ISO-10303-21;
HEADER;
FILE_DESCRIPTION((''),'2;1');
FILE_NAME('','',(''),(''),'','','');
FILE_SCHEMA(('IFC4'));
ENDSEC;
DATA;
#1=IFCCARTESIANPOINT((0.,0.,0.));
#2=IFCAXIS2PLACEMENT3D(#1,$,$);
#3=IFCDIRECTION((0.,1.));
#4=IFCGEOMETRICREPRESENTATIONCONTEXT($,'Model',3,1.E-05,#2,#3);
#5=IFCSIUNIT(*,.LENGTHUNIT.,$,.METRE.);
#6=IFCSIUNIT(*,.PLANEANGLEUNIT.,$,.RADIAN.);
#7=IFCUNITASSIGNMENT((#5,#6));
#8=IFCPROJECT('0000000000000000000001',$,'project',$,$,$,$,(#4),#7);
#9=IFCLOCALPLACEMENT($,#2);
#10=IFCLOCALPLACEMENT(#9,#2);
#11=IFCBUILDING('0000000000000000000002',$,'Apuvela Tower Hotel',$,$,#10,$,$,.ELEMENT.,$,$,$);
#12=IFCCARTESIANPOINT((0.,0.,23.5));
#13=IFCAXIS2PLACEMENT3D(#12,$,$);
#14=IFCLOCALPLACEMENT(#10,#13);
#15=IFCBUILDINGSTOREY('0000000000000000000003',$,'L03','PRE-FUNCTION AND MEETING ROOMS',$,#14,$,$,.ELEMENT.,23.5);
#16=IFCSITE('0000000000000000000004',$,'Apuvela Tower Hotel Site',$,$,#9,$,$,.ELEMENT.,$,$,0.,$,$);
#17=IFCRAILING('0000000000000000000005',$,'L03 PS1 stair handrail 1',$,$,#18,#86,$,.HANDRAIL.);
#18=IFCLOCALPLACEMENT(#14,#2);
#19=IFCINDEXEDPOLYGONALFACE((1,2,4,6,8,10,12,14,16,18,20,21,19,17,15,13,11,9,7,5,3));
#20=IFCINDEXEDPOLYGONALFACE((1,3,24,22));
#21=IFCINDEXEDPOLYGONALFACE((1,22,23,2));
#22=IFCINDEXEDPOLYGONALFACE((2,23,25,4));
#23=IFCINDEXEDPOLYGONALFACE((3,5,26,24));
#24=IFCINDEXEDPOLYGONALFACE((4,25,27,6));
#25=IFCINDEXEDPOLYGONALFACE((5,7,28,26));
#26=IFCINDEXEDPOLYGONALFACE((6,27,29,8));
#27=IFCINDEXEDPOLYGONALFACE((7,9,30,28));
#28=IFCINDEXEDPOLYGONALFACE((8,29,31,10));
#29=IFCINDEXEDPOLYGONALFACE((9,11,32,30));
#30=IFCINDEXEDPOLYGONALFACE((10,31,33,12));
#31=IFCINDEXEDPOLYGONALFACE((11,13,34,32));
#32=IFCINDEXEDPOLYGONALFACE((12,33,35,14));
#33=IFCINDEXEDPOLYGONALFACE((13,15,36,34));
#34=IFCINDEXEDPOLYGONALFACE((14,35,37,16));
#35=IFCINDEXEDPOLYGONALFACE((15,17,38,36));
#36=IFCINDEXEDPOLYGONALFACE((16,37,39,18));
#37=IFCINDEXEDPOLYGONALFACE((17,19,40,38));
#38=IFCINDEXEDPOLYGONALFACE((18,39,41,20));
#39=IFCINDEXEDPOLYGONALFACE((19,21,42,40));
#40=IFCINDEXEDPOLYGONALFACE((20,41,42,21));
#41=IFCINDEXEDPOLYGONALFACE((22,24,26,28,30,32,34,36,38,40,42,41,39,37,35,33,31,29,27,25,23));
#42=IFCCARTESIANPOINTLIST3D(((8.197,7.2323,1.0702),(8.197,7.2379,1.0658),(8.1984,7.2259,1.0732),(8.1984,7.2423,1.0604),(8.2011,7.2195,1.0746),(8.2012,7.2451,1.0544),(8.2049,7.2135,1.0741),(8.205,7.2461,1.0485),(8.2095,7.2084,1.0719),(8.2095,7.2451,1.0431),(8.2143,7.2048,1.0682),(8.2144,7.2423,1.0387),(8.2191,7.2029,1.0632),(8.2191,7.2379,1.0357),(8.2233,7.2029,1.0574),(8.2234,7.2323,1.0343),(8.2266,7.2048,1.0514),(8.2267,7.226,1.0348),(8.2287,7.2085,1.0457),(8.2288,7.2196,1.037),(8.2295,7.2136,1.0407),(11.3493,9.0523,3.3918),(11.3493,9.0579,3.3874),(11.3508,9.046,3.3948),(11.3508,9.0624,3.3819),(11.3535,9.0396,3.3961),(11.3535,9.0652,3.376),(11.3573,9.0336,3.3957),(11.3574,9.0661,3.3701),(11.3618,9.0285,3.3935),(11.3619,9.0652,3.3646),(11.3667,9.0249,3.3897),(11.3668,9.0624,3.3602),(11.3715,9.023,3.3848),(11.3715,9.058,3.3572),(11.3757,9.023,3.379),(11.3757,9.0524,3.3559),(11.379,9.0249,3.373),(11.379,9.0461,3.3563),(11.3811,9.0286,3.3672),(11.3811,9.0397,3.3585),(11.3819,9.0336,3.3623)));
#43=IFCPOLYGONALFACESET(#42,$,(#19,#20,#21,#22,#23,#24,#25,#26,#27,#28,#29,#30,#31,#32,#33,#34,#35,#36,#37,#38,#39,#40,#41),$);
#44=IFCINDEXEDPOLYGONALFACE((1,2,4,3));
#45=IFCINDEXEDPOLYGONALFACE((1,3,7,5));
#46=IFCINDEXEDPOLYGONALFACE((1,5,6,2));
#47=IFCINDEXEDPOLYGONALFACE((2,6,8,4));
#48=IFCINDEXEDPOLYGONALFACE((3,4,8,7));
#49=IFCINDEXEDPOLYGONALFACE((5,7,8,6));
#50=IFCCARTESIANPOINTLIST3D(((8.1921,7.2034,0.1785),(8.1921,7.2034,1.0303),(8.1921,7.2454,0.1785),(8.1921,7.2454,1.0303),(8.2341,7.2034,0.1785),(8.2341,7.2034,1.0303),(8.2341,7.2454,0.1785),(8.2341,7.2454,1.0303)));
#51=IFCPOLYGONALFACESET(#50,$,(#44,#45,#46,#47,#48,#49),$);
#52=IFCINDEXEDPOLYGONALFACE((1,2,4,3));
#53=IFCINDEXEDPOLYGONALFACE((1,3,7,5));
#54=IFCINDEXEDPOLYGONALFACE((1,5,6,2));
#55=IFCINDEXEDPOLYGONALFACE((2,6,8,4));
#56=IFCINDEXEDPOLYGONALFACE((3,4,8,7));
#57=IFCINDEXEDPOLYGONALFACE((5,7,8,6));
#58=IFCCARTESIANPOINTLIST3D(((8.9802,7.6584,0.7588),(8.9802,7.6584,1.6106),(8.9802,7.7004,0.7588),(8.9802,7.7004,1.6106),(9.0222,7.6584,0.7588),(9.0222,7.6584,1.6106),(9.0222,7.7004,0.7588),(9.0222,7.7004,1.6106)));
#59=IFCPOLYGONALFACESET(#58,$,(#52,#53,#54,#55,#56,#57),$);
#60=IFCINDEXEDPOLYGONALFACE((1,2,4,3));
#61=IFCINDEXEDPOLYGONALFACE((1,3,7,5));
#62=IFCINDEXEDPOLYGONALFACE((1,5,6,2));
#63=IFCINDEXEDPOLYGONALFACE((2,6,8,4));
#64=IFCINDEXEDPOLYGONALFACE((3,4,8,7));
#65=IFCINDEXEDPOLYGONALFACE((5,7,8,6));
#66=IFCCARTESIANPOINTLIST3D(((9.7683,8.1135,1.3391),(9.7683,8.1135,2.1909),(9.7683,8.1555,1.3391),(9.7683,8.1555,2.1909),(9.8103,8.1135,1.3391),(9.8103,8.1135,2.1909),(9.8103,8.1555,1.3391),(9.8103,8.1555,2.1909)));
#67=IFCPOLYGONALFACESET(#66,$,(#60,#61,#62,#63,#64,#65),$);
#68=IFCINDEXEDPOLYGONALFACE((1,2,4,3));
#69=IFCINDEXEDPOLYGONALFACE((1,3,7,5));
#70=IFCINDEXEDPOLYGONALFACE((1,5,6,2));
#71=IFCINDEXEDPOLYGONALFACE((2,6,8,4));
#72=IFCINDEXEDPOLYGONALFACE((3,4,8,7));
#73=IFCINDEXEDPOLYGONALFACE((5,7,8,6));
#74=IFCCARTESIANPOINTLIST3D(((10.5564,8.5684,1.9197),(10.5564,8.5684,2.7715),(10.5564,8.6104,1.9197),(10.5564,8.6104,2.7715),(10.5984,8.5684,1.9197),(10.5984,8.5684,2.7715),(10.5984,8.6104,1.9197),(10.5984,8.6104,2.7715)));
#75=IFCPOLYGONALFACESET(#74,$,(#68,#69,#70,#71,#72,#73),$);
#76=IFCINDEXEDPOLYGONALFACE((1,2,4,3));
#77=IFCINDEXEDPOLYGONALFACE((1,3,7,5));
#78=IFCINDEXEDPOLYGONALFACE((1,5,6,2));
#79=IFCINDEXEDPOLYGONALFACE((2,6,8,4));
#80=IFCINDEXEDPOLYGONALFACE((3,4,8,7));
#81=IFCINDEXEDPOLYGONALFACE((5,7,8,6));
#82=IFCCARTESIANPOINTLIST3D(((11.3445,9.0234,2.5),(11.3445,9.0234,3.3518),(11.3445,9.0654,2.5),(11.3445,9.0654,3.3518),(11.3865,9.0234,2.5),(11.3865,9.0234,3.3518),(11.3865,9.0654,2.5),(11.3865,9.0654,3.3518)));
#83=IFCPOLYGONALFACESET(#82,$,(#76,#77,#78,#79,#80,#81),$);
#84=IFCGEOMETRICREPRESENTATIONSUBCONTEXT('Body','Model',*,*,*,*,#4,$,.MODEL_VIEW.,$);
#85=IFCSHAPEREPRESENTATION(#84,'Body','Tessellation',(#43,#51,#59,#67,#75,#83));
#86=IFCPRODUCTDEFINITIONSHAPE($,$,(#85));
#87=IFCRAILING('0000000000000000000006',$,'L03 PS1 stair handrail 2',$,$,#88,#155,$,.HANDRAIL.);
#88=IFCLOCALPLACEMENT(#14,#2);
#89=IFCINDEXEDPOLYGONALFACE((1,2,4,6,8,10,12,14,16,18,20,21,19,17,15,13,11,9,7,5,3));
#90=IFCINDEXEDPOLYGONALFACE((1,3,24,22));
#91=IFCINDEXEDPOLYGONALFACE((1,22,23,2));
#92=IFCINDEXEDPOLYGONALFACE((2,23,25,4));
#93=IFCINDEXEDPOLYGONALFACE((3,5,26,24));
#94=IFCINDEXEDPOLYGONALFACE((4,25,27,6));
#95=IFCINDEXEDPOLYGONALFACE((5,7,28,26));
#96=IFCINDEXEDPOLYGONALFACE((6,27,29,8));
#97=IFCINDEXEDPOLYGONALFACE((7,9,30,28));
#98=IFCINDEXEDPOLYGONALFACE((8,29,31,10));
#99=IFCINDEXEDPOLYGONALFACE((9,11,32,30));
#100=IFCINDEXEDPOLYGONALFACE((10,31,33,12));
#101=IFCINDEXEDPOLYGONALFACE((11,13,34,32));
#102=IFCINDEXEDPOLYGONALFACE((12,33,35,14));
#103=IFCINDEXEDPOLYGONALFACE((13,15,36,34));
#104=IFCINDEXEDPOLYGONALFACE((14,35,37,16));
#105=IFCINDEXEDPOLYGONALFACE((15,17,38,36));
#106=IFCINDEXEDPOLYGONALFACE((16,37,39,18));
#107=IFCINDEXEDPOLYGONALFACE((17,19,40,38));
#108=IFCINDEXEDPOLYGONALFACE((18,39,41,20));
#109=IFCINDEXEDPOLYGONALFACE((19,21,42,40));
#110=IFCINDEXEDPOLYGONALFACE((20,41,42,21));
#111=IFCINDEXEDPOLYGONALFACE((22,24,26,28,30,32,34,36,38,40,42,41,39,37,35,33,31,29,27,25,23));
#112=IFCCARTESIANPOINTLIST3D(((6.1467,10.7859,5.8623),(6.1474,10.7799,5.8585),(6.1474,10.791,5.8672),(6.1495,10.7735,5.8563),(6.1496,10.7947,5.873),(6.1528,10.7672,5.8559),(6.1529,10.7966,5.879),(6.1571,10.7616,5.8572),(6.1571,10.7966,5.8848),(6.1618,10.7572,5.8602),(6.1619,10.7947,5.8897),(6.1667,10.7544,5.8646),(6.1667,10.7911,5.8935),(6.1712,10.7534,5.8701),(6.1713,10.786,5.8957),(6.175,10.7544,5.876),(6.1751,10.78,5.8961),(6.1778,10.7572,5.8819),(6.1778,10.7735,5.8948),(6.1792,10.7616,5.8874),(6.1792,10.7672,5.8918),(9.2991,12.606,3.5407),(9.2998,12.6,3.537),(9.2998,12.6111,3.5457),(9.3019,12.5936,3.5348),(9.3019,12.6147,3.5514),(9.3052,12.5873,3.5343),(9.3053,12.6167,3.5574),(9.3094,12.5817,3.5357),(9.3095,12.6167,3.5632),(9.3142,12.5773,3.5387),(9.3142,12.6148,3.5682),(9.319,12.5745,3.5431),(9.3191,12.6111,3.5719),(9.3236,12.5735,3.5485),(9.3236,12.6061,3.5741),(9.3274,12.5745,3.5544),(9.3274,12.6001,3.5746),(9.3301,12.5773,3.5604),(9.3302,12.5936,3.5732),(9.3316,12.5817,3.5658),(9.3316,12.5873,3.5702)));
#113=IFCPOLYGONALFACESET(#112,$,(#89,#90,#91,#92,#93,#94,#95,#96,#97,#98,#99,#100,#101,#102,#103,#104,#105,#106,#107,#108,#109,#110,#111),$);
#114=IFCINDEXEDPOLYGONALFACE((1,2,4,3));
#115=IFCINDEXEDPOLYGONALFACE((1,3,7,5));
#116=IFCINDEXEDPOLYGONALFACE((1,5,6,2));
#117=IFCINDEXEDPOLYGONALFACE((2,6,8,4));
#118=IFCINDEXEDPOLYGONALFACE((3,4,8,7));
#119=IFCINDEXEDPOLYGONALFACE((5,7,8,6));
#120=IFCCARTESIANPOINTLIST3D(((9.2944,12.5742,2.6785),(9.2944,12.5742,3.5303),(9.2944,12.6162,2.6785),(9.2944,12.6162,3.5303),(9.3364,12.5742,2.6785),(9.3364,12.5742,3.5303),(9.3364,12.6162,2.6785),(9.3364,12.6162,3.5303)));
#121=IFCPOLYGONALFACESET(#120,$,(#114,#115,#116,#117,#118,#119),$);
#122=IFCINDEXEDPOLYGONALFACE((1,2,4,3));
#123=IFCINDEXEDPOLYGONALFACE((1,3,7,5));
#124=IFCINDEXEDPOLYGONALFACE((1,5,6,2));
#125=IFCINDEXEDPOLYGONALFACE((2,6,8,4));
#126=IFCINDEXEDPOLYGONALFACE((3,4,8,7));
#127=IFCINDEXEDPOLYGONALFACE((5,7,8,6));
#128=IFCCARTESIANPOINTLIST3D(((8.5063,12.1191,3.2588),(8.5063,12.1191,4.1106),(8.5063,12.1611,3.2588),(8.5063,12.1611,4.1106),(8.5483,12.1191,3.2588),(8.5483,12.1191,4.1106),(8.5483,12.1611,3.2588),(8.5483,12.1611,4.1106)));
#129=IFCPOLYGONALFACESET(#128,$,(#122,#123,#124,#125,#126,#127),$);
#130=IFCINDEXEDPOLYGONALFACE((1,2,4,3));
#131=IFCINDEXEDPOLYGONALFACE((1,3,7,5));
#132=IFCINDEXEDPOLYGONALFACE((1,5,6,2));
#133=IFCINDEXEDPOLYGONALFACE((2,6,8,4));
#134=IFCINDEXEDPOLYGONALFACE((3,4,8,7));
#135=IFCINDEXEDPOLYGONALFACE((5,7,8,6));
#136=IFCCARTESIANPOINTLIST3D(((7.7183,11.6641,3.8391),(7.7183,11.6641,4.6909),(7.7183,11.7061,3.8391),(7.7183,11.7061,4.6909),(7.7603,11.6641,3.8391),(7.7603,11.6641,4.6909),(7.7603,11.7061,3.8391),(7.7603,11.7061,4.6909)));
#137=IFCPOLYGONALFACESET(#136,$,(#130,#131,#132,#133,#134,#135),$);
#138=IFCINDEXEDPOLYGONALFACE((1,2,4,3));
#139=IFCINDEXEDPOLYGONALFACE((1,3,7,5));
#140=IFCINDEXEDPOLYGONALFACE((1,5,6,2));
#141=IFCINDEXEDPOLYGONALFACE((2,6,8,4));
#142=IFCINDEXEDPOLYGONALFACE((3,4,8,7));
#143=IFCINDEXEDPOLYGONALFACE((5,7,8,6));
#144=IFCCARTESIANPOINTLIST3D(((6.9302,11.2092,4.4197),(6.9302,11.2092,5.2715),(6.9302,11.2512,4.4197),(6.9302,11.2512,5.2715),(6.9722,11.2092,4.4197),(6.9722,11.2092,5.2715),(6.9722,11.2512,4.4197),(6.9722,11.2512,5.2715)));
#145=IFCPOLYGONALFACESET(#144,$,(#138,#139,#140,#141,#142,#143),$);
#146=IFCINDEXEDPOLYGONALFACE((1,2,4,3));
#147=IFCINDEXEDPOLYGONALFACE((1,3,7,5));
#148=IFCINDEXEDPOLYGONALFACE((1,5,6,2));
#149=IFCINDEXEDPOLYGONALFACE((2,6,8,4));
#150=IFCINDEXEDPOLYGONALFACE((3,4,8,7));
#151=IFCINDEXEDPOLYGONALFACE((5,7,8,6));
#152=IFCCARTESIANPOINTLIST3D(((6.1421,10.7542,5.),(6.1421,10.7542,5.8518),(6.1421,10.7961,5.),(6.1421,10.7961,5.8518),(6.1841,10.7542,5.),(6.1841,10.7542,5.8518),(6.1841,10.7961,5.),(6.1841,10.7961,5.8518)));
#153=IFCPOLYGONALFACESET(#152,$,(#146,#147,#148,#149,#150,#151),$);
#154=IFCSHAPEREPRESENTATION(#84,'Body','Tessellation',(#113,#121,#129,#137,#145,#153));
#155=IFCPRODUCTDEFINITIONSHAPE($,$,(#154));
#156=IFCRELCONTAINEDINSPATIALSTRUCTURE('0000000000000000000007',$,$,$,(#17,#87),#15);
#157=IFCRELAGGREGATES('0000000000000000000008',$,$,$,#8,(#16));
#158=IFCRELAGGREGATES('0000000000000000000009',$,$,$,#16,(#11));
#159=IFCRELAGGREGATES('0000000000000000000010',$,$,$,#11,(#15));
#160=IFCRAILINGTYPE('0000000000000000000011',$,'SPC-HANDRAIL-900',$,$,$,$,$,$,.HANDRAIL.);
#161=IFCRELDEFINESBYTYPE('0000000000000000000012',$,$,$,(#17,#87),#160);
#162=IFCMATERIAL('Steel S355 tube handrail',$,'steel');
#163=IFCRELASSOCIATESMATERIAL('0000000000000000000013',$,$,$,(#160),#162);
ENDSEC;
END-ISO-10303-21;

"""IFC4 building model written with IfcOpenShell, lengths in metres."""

from ifc_helpers import new_model, si_unit, direction, frame, origin, origin_2d, place, context, subcontext, project, spatial, rectangle, circle, extrude, material, type_object, element, save


model = new_model("IFC4")

# Units and contexts
model_context = context("Model", 3, precision=1e-05, world=origin(), true_north=direction((0.0, 1.0)))
body_context = subcontext(model_context, "Body", "Model", "MODEL_VIEW")
ifc_project = project(units=[si_unit("LENGTHUNIT", "METRE"), si_unit("PLANEANGLEUNIT", "RADIAN")], contexts=[model_context])

# Site, building, storey
site_placement = place(None, origin())
site = spatial("IfcSite", under=ifc_project, at=site_placement, Name="Apuvela Tower Hotel Site", CompositionType="ELEMENT", RefElevation=0.0)
building_placement = place(site_placement, origin())
building = spatial("IfcBuilding", under=site, at=building_placement, Name="Apuvela Tower Hotel", CompositionType="ELEMENT")
storey_placement = place(building_placement, frame((0.0, 0.0, 23.5)))
storey = spatial("IfcBuildingStorey", under=building, at=storey_placement, Name="L03", Description="PRE-FUNCTION AND MEETING ROOMS", CompositionType="ELEMENT", Elevation=23.5)

# Railings
ifc_material_1 = material(Name="Steel S355 tube handrail", Category="steel")
railing_type_1 = type_object("IfcRailingType", Name="SPC-HANDRAIL-900", PredefinedType="HANDRAIL", material=ifc_material_1)
railing_1_placement = place(storey_placement, frame((8.2131, 7.2244, 0.1785)))
element("IfcRailing", 1, at=railing_1_placement, inside=storey, type_object=railing_type_1, Name="L03 PS1 stair handrail 1", PredefinedType="HANDRAIL", context=body_context, shape_type="SweptSolid", body=[
    extrude(circle(Radius=0.0239, at=origin_2d()), frame((0.0, 0.0, 0.876), z_axis=(0.730159, 0.421572, 0.537723), x_axis=(-0.500013, 0.866018, 0.0)), (0.0, 0.0, 1.0), 4.3174),
    extrude(rectangle(XDim=0.042, YDim=0.042, at=origin_2d()), origin(), (0.0, 0.0, 1.0), 0.8518),
    extrude(rectangle(XDim=0.042, YDim=0.042, at=origin_2d()), frame((0.7881, 0.4551, 0.5803)), (0.0, 0.0, 1.0), 0.8518),
    extrude(rectangle(XDim=0.042, YDim=0.042, at=origin_2d()), frame((1.5762, 0.9102, 1.1606)), (0.0, 0.0, 1.0), 0.8518),
    extrude(rectangle(XDim=0.042, YDim=0.042, at=origin_2d()), frame((2.3643, 1.365, 1.7412)), (0.0, 0.0, 1.0), 0.8518),
    extrude(rectangle(XDim=0.042, YDim=0.042, at=origin_2d()), frame((3.1523, 1.8201, 2.3215)), (0.0, 0.0, 1.0), 0.8518),
])
railing_2_placement = place(storey_placement, frame((9.3154, 12.5952, 2.6785)))
element("IfcRailing", 2, at=railing_2_placement, inside=storey, type_object=railing_type_1, Name="L03 PS1 stair handrail 2", PredefinedType="HANDRAIL", context=body_context, shape_type="SweptSolid", body=[
    extrude(circle(Radius=0.0239, at=origin_2d()), frame((0.0, 0.0, 0.876), z_axis=(-0.730159, -0.421572, 0.537723), x_axis=(0.500013, -0.866018, 0.0)), (0.0, 0.0, 1.0), 4.3174),
    extrude(rectangle(XDim=0.042, YDim=0.042, at=origin_2d()), origin(), (0.0, 0.0, 1.0), 0.8518),
    extrude(rectangle(XDim=0.042, YDim=0.042, at=origin_2d()), frame((-0.7881, -0.4551, 0.5803)), (0.0, 0.0, 1.0), 0.8518),
    extrude(rectangle(XDim=0.042, YDim=0.042, at=origin_2d()), frame((-1.5762, -0.9102, 1.1606)), (0.0, 0.0, 1.0), 0.8518),
    extrude(rectangle(XDim=0.042, YDim=0.042, at=origin_2d()), frame((-2.3643, -1.365, 1.7412)), (0.0, 0.0, 1.0), 0.8518),
    extrude(rectangle(XDim=0.042, YDim=0.042, at=origin_2d()), frame((-3.1523, -1.8201, 2.3215)), (0.0, 0.0, 1.0), 0.8518),
])

save(model, "model.ifc")
